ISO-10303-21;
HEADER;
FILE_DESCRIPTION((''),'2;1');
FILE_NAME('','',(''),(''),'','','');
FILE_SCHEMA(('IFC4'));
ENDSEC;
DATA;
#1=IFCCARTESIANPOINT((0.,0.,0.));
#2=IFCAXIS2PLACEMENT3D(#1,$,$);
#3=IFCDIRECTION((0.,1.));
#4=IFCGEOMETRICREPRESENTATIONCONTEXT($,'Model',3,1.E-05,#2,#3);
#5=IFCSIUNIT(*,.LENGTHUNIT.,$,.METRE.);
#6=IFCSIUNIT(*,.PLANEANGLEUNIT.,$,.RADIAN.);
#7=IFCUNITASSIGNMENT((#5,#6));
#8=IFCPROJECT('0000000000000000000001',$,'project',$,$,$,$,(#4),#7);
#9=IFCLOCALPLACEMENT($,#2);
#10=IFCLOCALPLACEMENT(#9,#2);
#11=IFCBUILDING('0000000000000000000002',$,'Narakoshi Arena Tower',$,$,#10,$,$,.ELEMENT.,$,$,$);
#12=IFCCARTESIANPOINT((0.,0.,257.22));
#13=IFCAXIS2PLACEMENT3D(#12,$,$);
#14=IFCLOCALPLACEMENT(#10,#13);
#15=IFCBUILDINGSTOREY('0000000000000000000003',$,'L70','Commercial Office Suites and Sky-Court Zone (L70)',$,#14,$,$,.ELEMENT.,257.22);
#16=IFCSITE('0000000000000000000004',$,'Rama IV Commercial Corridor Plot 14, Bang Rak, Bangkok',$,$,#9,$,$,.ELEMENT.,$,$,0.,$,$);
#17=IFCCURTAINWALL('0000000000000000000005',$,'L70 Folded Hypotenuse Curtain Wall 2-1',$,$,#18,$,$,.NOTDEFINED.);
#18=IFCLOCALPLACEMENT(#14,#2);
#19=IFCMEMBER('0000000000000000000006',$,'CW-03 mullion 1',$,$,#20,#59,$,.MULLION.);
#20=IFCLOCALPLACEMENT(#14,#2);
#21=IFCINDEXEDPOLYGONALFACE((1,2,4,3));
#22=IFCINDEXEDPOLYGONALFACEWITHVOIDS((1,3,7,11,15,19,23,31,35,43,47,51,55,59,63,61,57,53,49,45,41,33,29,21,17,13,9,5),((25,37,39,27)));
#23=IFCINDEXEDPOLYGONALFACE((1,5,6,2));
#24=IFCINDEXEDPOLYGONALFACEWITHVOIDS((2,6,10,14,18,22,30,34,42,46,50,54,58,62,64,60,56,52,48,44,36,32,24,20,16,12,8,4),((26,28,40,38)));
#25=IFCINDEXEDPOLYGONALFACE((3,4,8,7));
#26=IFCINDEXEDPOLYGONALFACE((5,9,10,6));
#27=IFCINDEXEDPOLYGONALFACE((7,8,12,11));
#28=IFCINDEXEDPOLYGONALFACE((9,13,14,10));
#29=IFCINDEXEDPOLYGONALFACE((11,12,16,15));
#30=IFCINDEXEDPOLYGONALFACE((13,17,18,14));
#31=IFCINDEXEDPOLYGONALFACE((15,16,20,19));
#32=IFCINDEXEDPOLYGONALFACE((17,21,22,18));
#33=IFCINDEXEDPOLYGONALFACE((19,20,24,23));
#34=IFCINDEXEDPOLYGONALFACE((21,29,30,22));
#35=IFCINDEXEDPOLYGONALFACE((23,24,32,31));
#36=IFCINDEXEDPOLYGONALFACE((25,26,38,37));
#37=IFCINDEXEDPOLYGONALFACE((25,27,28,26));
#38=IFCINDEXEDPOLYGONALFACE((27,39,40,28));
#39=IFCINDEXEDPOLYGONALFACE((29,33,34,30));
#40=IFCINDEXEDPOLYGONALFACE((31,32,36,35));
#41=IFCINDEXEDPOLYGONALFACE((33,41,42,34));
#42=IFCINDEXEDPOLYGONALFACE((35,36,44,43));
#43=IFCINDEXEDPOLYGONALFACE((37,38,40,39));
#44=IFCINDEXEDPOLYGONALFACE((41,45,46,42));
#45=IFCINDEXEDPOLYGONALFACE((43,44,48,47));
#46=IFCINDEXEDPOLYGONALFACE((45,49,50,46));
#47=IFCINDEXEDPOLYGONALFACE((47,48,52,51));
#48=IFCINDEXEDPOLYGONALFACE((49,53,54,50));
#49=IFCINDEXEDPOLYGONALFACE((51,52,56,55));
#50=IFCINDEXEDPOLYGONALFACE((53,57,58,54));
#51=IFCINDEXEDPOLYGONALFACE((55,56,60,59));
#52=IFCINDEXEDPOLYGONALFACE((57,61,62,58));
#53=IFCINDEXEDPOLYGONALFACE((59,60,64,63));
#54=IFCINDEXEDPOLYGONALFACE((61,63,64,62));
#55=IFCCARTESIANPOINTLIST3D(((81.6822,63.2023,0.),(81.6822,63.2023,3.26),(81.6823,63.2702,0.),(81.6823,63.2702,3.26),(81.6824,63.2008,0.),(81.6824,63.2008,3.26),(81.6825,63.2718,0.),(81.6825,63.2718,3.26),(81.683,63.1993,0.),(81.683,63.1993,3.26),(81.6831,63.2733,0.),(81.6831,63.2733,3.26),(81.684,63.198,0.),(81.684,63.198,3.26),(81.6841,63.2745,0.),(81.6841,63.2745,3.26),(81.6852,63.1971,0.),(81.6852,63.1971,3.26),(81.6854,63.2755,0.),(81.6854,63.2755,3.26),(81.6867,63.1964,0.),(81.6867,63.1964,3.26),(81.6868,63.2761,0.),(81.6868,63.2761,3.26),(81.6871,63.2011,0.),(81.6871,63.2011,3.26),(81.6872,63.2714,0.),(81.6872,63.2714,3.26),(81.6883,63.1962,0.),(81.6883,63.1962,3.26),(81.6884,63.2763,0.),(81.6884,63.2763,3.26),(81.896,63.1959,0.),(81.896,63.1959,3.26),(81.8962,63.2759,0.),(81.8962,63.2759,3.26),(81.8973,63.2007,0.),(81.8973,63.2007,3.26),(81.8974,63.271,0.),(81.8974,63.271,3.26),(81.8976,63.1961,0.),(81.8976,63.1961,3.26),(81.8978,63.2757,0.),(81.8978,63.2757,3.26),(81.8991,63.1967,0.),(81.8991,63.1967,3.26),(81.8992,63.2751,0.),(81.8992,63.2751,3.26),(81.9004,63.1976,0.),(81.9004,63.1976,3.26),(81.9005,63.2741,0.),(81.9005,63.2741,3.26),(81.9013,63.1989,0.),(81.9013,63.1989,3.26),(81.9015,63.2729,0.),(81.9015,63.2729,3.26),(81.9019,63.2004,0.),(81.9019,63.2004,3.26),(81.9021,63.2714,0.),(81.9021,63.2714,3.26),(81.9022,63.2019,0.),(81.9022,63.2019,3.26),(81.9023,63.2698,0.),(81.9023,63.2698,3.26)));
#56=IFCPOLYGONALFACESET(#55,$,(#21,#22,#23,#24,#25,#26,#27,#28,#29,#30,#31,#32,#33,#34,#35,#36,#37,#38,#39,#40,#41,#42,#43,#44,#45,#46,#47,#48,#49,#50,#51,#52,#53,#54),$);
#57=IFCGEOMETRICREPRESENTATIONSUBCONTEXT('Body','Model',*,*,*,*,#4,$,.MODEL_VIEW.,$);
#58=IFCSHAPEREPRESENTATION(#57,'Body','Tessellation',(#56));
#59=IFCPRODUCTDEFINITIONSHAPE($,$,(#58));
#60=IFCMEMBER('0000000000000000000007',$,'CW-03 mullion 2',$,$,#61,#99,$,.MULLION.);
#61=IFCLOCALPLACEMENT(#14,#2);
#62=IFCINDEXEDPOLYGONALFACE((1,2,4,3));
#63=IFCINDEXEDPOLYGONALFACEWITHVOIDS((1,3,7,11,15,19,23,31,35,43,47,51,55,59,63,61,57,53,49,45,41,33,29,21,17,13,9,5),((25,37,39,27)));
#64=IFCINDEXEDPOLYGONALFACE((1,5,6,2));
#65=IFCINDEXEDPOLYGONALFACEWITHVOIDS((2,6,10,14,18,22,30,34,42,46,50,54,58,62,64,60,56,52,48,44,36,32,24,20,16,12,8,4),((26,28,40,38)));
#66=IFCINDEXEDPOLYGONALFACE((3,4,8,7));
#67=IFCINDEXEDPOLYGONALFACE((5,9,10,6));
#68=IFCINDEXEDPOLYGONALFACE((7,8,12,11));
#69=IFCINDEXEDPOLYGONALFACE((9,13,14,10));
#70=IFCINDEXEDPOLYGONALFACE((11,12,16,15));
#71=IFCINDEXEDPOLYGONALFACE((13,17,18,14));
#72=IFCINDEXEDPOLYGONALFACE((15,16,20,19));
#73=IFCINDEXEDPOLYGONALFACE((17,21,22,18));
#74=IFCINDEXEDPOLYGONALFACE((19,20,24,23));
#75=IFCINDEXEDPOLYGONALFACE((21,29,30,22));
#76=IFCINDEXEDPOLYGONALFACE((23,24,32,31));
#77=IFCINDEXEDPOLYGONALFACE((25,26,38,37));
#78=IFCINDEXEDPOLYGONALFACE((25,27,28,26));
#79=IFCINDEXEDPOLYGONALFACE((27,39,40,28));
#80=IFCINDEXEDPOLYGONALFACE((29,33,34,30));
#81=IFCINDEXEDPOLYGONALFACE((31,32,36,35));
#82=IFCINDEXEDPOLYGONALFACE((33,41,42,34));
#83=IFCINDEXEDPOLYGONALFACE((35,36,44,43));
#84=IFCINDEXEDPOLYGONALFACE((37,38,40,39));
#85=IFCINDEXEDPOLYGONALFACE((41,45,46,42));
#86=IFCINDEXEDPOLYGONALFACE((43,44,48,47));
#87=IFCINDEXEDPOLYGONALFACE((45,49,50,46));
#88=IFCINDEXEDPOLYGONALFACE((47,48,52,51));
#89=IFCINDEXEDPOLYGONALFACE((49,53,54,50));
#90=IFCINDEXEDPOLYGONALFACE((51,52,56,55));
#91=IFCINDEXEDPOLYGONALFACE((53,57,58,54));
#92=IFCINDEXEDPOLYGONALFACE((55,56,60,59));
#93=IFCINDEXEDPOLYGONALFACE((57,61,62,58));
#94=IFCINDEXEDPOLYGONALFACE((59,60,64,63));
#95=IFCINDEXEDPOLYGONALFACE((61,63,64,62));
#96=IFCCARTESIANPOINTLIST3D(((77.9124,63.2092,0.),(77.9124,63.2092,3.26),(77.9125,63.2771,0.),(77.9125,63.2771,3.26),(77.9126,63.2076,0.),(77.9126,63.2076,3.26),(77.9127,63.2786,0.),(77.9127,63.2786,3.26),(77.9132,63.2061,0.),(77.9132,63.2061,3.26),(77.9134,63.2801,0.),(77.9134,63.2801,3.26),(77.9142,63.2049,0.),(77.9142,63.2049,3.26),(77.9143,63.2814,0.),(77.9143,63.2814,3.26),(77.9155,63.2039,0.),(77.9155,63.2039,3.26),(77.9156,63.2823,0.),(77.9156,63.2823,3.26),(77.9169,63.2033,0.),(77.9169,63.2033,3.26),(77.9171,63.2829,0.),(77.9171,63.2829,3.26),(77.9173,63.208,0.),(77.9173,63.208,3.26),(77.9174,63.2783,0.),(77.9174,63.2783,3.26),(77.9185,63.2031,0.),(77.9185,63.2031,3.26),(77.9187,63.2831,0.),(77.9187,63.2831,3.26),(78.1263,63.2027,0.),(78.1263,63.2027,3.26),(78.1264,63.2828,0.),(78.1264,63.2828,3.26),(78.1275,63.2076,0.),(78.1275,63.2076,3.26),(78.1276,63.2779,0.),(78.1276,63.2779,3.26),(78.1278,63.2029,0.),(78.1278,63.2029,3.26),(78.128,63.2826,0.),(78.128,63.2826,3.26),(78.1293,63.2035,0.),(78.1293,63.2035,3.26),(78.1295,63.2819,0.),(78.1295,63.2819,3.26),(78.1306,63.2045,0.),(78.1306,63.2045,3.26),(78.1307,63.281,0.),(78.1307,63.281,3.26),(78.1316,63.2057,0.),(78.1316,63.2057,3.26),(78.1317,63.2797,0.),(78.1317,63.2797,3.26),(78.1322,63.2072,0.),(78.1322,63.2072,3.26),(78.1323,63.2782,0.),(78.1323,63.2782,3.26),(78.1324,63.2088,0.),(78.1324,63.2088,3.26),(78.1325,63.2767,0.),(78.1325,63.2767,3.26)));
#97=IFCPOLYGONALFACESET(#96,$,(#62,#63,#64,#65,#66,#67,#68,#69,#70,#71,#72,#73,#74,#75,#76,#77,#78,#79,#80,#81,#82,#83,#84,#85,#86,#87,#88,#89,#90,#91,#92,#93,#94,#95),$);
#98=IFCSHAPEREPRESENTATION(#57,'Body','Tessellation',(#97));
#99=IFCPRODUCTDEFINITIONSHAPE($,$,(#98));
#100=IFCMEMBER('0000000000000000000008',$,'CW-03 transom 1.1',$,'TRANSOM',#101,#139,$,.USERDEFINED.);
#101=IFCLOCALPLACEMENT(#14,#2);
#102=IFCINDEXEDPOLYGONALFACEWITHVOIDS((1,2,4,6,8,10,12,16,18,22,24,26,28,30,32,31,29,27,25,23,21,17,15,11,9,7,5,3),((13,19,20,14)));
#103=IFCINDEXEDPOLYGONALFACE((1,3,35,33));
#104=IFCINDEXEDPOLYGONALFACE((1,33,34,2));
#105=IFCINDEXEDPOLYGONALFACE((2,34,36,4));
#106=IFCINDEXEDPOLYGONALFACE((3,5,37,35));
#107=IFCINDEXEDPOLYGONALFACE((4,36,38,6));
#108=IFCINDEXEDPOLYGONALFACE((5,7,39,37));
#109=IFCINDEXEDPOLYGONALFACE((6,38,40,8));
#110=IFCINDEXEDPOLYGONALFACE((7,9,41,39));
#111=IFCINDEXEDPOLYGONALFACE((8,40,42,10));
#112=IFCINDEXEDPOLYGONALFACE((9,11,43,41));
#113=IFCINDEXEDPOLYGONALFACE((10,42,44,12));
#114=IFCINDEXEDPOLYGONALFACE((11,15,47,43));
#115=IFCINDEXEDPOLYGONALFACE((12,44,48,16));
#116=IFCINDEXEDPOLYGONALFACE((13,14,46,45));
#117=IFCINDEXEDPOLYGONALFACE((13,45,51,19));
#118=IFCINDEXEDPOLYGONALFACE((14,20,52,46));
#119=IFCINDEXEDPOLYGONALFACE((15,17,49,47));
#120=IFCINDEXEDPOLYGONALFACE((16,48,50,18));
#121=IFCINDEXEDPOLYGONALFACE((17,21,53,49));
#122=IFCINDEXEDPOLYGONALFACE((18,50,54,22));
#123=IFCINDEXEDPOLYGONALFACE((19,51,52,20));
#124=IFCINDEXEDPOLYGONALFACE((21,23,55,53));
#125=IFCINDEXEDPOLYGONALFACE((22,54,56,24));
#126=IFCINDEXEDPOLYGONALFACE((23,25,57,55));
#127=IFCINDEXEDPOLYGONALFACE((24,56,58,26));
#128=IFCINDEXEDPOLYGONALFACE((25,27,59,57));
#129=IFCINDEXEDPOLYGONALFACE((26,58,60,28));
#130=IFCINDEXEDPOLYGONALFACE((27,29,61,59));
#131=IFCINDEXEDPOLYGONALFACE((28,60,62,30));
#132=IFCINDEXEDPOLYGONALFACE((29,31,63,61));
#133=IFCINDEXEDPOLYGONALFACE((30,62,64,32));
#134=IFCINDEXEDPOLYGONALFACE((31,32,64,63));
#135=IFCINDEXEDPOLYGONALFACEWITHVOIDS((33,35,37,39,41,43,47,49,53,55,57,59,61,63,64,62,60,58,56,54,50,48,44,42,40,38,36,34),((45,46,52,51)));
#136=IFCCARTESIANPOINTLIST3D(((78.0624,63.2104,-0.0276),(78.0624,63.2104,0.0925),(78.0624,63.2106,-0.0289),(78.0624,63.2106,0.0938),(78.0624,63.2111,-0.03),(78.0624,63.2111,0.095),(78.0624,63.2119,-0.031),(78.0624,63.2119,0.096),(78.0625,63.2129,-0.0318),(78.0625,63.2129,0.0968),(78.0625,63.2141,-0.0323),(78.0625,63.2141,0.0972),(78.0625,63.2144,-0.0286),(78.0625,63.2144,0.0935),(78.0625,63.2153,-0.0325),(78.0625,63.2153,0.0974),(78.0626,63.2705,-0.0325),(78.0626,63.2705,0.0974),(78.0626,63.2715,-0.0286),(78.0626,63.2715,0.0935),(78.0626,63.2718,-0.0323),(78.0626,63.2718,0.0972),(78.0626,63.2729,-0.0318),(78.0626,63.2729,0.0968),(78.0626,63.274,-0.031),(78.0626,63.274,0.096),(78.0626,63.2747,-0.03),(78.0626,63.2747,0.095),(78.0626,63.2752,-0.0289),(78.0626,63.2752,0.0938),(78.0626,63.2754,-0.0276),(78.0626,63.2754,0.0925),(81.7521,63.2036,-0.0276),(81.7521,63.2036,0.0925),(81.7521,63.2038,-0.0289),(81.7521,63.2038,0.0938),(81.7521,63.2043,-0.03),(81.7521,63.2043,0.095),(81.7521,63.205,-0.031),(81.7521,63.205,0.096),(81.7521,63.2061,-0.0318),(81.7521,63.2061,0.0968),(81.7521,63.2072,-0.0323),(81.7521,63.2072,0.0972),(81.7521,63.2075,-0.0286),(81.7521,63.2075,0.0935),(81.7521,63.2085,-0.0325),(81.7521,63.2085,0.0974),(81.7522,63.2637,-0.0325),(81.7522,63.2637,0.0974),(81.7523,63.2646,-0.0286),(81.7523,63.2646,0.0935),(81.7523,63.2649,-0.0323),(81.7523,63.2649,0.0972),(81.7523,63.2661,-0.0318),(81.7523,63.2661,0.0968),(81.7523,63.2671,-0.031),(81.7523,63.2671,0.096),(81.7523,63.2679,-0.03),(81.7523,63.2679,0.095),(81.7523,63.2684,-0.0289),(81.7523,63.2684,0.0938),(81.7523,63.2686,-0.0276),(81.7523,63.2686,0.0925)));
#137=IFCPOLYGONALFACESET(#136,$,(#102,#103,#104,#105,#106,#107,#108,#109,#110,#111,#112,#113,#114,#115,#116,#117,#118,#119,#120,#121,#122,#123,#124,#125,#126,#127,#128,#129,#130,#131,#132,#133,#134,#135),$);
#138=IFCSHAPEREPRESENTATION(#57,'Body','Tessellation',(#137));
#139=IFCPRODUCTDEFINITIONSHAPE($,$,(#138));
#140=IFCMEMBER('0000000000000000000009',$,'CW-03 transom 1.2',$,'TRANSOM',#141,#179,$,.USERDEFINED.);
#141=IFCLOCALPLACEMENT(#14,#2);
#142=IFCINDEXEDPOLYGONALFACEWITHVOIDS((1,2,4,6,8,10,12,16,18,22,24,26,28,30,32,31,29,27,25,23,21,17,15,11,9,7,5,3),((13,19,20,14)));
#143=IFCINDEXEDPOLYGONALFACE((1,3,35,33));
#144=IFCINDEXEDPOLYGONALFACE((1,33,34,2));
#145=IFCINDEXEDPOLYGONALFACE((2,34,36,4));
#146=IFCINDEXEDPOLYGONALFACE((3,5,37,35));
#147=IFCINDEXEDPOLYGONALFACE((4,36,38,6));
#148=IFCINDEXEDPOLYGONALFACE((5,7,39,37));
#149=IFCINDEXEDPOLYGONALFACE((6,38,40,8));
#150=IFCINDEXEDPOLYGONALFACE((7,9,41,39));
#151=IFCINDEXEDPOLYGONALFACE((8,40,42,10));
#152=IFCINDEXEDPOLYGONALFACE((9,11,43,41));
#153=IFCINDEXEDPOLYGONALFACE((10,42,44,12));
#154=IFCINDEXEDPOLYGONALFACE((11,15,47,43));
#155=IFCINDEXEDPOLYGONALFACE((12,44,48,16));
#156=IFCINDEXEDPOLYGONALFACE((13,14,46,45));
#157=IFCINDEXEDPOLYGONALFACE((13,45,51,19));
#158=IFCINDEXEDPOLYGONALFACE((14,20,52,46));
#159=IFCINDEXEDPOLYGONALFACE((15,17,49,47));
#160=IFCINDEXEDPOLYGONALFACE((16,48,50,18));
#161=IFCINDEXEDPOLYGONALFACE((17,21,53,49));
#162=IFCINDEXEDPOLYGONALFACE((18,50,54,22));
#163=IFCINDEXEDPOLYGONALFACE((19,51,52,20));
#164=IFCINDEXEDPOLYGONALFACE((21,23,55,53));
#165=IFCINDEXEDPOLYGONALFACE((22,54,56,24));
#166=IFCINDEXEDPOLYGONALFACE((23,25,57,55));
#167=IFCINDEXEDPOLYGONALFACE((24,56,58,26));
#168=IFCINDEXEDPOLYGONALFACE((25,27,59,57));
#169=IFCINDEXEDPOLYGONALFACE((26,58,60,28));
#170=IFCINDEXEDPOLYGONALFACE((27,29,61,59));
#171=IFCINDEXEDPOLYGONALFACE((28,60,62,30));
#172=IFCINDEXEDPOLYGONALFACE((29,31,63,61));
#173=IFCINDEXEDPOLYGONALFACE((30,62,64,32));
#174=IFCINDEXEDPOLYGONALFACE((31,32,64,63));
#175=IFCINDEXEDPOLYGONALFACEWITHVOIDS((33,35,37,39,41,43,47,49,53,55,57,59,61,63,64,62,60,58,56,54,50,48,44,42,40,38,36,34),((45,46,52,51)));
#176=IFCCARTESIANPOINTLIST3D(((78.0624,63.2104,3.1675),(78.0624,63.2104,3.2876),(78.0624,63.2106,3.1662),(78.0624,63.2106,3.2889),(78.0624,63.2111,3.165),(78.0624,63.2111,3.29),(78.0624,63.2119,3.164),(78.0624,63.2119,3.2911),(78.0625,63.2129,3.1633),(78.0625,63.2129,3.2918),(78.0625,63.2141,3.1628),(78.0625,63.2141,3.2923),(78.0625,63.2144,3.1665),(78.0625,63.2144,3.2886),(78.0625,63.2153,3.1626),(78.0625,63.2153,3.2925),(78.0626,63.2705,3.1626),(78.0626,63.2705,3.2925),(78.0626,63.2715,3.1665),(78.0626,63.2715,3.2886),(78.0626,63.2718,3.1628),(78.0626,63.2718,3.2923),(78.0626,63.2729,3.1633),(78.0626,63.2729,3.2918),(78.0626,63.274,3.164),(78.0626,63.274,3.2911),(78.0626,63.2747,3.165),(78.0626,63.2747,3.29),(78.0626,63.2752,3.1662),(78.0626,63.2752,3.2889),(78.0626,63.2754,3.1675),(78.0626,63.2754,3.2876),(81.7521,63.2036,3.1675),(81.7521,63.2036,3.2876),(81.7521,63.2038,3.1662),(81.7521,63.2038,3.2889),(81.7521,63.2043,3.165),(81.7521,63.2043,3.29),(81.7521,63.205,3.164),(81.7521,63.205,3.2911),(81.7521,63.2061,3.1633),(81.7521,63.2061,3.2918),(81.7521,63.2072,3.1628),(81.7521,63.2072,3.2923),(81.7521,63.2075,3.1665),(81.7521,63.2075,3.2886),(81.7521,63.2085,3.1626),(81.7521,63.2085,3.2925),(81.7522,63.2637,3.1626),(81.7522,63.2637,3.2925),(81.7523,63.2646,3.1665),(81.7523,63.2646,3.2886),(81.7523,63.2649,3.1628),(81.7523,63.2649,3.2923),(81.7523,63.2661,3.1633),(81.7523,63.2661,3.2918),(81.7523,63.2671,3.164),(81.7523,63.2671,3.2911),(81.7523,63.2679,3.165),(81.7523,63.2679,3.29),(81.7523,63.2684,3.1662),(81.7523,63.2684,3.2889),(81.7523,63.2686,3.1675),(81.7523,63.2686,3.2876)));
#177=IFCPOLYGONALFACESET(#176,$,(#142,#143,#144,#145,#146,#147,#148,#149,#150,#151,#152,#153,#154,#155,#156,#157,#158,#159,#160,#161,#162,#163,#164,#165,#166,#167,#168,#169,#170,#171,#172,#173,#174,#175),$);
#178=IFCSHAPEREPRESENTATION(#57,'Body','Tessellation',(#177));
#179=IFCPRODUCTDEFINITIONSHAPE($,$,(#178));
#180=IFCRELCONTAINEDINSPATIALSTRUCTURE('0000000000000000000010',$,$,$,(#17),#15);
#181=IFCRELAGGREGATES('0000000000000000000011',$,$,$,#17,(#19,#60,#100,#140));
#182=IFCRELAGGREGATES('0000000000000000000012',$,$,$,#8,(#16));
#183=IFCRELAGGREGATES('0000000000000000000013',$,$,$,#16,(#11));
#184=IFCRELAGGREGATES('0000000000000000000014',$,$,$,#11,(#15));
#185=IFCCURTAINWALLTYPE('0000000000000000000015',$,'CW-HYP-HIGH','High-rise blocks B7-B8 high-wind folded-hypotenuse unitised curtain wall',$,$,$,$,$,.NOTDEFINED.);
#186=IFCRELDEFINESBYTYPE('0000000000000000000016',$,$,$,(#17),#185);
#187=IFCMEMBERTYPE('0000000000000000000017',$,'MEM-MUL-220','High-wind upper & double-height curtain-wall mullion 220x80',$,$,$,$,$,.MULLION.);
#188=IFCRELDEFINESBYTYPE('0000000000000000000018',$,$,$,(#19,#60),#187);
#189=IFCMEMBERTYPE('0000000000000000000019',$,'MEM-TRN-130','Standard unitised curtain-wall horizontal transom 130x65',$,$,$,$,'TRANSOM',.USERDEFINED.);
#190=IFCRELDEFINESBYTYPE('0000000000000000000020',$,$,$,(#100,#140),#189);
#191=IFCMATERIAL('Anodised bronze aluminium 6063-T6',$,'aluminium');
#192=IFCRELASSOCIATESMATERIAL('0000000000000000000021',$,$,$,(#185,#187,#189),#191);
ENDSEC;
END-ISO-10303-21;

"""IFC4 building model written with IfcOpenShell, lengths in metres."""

from ifc_helpers import new_model, si_unit, direction, frame, origin, origin_2d, place, context, subcontext, project, spatial, hollow_rectangle, extrude, material, material_profile, profile_set, type_object, element, aggregate, save


model = new_model("IFC4")

# Units and contexts
model_context = context("Model", 3, precision=1e-05, world=origin(), true_north=direction((0.0, 1.0)))
body_context = subcontext(model_context, "Body", "Model", "MODEL_VIEW")
ifc_project = project(units=[si_unit("LENGTHUNIT", "METRE"), si_unit("PLANEANGLEUNIT", "RADIAN")], contexts=[model_context])

# Site, building, storey
site_placement = place(None, origin())
site = spatial("IfcSite", under=ifc_project, at=site_placement, Name="Rama IV Commercial Corridor Plot 14, Bang Rak, Bangkok", CompositionType="ELEMENT", RefElevation=0.0)
building_placement = place(site_placement, origin())
building = spatial("IfcBuilding", under=site, at=building_placement, Name="Narakoshi Arena Tower", CompositionType="ELEMENT")
storey_placement = place(building_placement, frame((0.0, 0.0, 257.22)))
storey = spatial("IfcBuildingStorey", under=building, at=storey_placement, Name="L70", Description="Commercial Office Suites and Sky-Court Zone (L70)", CompositionType="ELEMENT", Elevation=257.22)

# Shared definitions
ifc_material_1 = material(Name="Anodised bronze aluminium 6063-T6", Category="aluminium")
curtain_wall_type = type_object("IfcCurtainWallType", Name="CW-HYP-HIGH", Description="High-rise blocks B7-B8 high-wind folded-hypotenuse unitised curtain wall", PredefinedType="NOTDEFINED", material=ifc_material_1)
ifc_material_profile_1 = material_profile(ifc_material_1, hollow_rectangle(XDim=0.0801, YDim=0.22, WallThickness=0.0049, OuterFilletRadius=0.0061, at=origin_2d()), Name="MUL220x80x5")
ifc_profile_set_1 = profile_set([ifc_material_profile_1], Name="Anodised bronze aluminium 6063-T6")
member_type_1 = type_object("IfcMemberType", Name="MEM-MUL-220", Description="High-wind upper & double-height curtain-wall mullion 220x80", PredefinedType="MULLION", material=ifc_profile_set_1)

# Curtain wall, members
curtain_wall_1_placement = place(storey_placement, origin())
curtain_wall_1 = element("IfcCurtainWall", 1, at=curtain_wall_1_placement, inside=storey, type_object=curtain_wall_type, Name="L70 Folded Hypotenuse Curtain Wall 2-1", PredefinedType="NOTDEFINED")
member_1_placement = place(storey_placement, frame((81.7922, 63.2361, 0.0), z_axis=(0.0, 0.0, 1.0), x_axis=(-0.00182, -0.999998, 0.0)))
member_1 = element("IfcMember", 2, at=member_1_placement, type_object=member_type_1, Name="CW-03 mullion 1", PredefinedType="MULLION", context=body_context, shape_type="SweptSolid", body=[
    extrude(hollow_rectangle(XDim=0.0801, YDim=0.22, WallThickness=0.0049, OuterFilletRadius=0.0061, at=origin_2d()), origin(), (0.0, 0.0, 1.0), 3.26),
])
member_2_placement = place(storey_placement, frame((78.0225, 63.2429, 0.0), z_axis=(0.0, 0.0, 1.0), x_axis=(-0.00182, -0.999998, 0.0)))
member_2 = element("IfcMember", 3, at=member_2_placement, type_object=member_type_1, Name="CW-03 mullion 2", PredefinedType="MULLION", context=body_context, shape_type="SweptSolid", body=[
    extrude(hollow_rectangle(XDim=0.0801, YDim=0.22, WallThickness=0.0049, OuterFilletRadius=0.0061, at=origin_2d()), origin(), (0.0, 0.0, 1.0), 3.26),
])
ifc_material_profile_2 = material_profile(ifc_material_1, hollow_rectangle(XDim=0.0649, YDim=0.1299, WallThickness=0.0039, OuterFilletRadius=0.0049, at=origin_2d()), Name="TRN130x65x4")
ifc_profile_set_2 = profile_set([ifc_material_profile_2], Name="Anodised bronze aluminium 6063-T6")
member_type_2 = type_object("IfcMemberType", Name="MEM-TRN-130", Description="Standard unitised curtain-wall horizontal transom 130x65", ElementType="TRANSOM", PredefinedType="USERDEFINED", material=ifc_profile_set_2)
member_3_placement = place(storey_placement, frame((81.7522, 63.2361, 0.0325), z_axis=(-0.999998, 0.001853, 0.0), x_axis=(-0.001853, -0.999998, 0.0)))
member_3 = element("IfcMember", 4, at=member_3_placement, type_object=member_type_2, Name="CW-03 transom 1.1", ObjectType="TRANSOM", PredefinedType="USERDEFINED", context=body_context, shape_type="SweptSolid", body=[
    extrude(hollow_rectangle(XDim=0.0649, YDim=0.1299, WallThickness=0.0039, OuterFilletRadius=0.0049, at=origin_2d()), origin(), (0.0, 0.0, 1.0), 3.6897),
])
member_4_placement = place(storey_placement, frame((81.7522, 63.2361, 3.2275), z_axis=(-0.999998, 0.001853, 0.0), x_axis=(-0.001853, -0.999998, 0.0)))
member_4 = element("IfcMember", 5, at=member_4_placement, type_object=member_type_2, Name="CW-03 transom 1.2", ObjectType="TRANSOM", PredefinedType="USERDEFINED", context=body_context, shape_type="SweptSolid", body=[
    extrude(hollow_rectangle(XDim=0.0649, YDim=0.1299, WallThickness=0.0039, OuterFilletRadius=0.0049, at=origin_2d()), origin(), (0.0, 0.0, 1.0), 3.6897),
])

aggregate(curtain_wall_1, [member_1, member_2, member_3, member_4])

save(model, "model.ifc")
